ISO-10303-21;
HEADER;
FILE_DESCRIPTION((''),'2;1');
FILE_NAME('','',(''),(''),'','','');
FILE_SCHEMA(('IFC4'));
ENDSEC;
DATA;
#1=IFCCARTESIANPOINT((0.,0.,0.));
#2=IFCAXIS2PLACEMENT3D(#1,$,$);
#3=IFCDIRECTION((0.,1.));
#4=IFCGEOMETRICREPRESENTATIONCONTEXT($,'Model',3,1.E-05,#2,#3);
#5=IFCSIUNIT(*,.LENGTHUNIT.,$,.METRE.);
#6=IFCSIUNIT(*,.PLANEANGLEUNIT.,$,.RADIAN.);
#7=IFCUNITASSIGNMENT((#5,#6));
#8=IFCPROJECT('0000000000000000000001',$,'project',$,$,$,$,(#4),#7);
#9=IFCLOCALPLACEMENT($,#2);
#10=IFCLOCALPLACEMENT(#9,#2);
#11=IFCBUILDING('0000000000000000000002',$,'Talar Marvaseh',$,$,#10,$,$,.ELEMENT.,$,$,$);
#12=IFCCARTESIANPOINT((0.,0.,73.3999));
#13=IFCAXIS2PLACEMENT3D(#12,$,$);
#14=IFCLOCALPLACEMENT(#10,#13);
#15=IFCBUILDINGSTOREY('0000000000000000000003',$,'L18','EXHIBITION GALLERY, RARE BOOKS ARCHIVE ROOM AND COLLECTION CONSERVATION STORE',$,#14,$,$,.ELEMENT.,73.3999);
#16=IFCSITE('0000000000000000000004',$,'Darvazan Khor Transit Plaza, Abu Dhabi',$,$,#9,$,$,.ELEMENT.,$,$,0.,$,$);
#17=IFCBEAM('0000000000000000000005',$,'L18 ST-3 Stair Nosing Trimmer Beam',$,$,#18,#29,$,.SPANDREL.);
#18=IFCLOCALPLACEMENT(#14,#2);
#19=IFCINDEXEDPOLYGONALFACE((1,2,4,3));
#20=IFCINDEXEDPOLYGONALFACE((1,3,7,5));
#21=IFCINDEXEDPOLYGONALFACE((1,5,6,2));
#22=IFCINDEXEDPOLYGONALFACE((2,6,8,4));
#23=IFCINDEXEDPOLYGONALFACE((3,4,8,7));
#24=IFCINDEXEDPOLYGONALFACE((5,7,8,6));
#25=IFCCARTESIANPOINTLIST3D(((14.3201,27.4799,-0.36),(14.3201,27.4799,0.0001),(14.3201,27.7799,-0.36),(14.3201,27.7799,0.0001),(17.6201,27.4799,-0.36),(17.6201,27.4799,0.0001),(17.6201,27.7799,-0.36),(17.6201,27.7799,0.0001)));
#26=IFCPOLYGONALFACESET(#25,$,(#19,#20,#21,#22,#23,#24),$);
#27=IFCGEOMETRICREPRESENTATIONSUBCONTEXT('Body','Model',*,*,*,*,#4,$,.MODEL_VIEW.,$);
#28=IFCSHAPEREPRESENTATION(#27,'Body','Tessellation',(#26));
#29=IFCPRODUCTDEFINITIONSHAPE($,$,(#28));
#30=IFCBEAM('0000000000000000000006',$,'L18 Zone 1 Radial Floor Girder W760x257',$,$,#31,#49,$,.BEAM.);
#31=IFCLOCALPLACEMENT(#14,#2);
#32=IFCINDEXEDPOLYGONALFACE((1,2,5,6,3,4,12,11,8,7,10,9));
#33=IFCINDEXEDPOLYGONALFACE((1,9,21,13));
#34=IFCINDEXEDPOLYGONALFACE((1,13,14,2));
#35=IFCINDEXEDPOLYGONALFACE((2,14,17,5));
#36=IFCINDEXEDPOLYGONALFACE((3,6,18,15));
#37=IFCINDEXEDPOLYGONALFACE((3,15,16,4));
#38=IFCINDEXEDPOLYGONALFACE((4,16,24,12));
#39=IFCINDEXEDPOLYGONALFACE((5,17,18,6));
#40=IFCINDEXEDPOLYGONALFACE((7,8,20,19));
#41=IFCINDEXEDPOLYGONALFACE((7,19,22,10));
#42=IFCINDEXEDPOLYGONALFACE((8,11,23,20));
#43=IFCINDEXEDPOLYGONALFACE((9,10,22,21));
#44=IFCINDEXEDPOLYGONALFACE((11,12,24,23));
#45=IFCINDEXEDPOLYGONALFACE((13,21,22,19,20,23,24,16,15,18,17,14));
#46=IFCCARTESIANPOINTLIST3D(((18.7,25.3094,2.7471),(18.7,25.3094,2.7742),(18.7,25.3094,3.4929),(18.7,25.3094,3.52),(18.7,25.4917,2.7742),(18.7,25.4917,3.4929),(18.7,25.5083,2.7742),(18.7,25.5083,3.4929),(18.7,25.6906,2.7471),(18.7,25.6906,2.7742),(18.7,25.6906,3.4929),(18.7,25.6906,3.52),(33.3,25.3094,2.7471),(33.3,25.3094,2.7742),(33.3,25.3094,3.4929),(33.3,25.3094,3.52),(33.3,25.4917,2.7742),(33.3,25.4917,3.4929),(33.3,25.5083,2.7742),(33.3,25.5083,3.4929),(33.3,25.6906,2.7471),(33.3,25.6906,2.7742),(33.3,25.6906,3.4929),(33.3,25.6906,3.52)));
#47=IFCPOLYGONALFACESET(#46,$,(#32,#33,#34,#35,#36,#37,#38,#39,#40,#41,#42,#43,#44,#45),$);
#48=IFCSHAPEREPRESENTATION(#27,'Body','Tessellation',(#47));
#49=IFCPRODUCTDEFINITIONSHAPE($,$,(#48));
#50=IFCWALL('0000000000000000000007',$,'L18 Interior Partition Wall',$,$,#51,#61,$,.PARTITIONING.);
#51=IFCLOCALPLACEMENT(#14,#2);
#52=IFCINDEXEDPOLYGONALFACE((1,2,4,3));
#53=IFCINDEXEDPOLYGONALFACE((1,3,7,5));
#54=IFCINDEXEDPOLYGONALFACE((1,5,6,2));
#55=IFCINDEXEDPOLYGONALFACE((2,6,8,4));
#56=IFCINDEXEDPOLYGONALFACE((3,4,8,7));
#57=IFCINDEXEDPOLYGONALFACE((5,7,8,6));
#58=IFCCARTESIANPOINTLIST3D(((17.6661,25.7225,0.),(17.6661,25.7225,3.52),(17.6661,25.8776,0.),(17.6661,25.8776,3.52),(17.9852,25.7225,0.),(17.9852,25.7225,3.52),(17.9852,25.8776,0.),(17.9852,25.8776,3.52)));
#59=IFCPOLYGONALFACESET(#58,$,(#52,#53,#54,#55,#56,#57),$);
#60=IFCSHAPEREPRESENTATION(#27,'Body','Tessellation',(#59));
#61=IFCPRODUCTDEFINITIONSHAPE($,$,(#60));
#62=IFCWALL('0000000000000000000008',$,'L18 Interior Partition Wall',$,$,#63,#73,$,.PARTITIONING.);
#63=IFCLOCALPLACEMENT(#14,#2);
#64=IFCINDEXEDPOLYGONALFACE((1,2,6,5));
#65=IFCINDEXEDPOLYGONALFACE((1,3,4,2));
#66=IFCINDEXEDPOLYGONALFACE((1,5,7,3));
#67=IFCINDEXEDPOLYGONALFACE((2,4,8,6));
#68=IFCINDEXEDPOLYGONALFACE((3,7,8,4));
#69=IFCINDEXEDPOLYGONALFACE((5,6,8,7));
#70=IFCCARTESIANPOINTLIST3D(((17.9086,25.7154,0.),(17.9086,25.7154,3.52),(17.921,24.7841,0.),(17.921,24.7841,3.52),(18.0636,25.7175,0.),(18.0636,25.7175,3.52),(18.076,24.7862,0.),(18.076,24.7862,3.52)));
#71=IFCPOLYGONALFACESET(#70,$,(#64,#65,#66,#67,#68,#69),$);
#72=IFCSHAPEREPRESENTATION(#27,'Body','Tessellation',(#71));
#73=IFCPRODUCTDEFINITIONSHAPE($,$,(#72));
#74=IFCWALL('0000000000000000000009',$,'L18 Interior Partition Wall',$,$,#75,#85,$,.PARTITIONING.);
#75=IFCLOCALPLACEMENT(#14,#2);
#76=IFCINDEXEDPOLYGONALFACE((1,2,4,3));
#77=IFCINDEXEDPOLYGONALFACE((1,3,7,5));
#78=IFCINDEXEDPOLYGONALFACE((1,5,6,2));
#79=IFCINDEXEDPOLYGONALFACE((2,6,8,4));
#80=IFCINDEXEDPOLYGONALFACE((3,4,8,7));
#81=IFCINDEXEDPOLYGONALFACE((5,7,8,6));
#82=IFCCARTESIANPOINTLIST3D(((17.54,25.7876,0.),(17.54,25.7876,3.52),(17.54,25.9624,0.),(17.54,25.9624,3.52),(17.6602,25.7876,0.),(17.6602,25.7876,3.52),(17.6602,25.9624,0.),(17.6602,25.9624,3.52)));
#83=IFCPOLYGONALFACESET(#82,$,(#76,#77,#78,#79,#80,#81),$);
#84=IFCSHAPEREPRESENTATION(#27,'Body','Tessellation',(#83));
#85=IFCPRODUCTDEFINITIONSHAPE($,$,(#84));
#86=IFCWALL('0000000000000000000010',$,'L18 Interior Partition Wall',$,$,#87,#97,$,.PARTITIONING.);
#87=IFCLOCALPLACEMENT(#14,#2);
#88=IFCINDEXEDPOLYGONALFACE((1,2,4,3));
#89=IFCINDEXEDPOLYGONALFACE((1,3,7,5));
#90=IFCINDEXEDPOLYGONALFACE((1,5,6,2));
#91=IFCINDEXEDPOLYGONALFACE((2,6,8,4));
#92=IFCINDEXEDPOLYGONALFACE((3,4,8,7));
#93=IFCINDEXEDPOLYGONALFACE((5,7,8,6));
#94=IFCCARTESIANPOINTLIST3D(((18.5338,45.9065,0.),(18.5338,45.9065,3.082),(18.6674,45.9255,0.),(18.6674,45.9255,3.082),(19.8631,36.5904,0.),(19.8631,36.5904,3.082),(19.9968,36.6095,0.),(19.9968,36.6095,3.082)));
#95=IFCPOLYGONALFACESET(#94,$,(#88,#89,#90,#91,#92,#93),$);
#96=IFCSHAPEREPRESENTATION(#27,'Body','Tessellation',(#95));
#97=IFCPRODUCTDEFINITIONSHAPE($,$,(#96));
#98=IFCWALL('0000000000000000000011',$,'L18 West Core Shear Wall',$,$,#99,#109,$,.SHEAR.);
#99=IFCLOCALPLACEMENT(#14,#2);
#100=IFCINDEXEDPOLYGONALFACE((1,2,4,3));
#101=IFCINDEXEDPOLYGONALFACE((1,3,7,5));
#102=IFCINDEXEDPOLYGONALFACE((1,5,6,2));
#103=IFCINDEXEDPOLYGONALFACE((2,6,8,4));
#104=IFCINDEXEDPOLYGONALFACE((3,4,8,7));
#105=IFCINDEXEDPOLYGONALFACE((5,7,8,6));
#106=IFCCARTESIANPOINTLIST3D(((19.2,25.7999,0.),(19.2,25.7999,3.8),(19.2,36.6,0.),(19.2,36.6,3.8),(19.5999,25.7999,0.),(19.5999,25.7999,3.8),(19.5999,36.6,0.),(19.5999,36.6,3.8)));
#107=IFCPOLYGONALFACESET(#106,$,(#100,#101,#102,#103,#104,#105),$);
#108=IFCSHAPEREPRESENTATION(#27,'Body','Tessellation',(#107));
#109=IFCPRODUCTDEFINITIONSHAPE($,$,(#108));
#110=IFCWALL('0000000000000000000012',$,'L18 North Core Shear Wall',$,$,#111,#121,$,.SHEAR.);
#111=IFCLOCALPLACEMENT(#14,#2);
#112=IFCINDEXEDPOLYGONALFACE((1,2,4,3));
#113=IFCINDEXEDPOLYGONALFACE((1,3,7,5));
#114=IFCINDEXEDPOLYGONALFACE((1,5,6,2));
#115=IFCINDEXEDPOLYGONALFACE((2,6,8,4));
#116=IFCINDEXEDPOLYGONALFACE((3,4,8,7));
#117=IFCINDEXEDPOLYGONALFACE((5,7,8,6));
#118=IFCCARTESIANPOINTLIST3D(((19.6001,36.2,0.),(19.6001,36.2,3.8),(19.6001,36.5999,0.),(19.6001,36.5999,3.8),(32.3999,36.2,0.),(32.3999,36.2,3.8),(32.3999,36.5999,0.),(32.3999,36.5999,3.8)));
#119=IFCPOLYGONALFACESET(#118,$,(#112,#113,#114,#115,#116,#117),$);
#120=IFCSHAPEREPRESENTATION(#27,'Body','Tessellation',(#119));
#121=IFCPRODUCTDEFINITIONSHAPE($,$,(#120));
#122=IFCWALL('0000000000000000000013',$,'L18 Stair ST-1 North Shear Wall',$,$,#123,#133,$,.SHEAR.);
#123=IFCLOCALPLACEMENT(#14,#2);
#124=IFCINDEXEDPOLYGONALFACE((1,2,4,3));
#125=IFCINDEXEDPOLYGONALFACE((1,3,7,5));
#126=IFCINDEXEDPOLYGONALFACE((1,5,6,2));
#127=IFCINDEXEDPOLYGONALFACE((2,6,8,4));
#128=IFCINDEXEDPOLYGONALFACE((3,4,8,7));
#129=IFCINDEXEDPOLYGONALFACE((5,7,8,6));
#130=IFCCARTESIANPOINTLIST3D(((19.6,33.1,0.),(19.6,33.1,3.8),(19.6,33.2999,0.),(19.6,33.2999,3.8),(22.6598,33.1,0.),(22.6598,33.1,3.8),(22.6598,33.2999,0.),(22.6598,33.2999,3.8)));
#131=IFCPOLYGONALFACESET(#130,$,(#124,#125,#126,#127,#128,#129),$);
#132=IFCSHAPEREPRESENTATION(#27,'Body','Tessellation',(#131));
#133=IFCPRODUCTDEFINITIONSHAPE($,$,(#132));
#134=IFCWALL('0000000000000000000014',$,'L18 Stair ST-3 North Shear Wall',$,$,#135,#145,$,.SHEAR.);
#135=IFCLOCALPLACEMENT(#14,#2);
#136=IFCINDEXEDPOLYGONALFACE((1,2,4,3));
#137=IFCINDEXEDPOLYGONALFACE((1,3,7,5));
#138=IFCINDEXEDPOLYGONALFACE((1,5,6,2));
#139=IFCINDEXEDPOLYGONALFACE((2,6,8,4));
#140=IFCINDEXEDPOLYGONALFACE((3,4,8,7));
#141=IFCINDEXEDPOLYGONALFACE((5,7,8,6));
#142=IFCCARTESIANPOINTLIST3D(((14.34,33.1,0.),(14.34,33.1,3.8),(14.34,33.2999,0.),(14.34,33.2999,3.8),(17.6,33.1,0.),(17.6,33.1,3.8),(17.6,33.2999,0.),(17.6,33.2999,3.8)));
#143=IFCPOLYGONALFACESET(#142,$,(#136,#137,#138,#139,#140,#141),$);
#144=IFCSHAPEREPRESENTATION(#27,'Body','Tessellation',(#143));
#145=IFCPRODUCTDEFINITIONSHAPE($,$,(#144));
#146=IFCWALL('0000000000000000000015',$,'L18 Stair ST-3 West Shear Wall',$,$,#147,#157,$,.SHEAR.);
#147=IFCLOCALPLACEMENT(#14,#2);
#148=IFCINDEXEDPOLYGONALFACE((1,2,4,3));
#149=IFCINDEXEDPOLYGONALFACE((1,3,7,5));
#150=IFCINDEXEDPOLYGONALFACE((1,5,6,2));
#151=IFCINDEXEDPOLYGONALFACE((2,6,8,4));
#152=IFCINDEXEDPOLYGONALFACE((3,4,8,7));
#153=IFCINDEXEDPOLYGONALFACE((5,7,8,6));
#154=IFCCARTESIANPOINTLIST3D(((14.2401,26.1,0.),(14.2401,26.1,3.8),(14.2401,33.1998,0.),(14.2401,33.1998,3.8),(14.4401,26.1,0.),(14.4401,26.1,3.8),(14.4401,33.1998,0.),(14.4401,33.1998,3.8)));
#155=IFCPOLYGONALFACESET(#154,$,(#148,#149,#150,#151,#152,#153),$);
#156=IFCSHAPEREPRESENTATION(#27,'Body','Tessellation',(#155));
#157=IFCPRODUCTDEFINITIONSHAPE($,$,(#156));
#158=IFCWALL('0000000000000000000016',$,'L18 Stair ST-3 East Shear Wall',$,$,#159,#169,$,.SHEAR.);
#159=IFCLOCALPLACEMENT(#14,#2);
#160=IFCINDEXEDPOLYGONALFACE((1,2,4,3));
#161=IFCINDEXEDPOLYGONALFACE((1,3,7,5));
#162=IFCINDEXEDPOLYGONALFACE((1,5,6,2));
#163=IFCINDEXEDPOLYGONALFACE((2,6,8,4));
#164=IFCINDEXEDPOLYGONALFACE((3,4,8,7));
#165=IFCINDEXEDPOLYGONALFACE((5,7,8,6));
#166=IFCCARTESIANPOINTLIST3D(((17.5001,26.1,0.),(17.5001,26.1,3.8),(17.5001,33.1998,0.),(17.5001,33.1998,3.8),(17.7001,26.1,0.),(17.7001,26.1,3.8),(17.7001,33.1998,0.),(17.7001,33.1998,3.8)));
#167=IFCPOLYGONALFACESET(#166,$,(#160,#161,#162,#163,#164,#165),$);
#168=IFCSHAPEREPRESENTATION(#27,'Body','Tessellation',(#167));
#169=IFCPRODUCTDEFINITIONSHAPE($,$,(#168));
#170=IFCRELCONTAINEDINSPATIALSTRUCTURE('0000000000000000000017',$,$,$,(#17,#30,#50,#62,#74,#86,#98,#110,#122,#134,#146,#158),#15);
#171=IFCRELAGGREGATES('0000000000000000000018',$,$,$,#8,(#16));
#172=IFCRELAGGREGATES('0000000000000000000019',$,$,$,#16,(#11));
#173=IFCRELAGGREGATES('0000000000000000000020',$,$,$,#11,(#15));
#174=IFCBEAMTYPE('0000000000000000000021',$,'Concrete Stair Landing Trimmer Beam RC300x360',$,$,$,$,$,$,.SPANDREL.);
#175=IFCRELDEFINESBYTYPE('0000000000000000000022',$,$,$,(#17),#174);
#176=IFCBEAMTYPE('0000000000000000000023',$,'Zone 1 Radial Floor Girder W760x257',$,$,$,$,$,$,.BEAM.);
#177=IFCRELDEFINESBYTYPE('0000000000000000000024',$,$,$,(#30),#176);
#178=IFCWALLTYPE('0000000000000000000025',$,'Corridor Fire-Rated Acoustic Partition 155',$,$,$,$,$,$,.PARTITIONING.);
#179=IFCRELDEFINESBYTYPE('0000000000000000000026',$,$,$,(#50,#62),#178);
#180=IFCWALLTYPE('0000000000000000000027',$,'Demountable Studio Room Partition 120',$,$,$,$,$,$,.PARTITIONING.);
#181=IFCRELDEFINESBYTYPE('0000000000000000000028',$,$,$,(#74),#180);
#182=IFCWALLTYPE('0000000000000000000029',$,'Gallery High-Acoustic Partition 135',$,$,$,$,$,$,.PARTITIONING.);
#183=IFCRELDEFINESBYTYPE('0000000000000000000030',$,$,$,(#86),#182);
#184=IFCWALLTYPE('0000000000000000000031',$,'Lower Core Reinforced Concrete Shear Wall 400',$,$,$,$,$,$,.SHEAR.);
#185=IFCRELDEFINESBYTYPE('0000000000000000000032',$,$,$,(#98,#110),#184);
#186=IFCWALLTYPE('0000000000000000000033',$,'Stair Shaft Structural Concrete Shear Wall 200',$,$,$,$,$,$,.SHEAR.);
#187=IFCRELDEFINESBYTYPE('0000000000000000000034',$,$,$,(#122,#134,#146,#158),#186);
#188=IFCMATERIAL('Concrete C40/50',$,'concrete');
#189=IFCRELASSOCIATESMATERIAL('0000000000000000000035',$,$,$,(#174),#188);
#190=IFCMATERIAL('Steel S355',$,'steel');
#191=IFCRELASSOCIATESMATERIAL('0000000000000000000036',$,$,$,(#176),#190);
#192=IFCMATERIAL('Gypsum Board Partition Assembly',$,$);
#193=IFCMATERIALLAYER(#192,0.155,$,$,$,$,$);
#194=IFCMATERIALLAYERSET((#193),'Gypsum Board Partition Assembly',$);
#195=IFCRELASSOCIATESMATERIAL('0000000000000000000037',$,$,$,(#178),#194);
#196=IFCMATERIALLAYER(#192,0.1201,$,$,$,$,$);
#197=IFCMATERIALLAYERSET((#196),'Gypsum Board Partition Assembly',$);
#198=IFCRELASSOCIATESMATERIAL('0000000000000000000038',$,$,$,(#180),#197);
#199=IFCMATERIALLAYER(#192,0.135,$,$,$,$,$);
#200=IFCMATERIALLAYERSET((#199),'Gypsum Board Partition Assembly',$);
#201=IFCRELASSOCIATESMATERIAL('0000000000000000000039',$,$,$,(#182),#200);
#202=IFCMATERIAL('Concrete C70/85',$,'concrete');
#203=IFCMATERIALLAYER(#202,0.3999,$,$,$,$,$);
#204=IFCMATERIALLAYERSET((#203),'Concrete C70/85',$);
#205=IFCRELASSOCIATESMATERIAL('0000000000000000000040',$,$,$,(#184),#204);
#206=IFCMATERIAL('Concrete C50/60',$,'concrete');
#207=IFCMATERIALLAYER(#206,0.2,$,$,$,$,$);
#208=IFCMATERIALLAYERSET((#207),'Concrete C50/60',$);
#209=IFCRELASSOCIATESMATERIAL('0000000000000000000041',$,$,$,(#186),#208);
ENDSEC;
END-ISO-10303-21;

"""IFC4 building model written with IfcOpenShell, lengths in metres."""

from ifc_helpers import new_model, si_unit, direction, frame, frame_2d, origin, origin_2d, place, context, subcontext, project, spatial, rectangle, i_section, extrude, material, layer, layer_set, material_profile, profile_set, type_object, element, save


model = new_model("IFC4")

# Units and contexts
model_context = context("Model", 3, precision=1e-05, world=origin(), true_north=direction((0.0, 1.0)))
body_context = subcontext(model_context, "Body", "Model", "MODEL_VIEW")
ifc_project = project(units=[si_unit("LENGTHUNIT", "METRE"), si_unit("PLANEANGLEUNIT", "RADIAN")], contexts=[model_context])

# Site, building, storey
site_placement = place(None, origin())
site = spatial("IfcSite", under=ifc_project, at=site_placement, Name="Darvazan Khor Transit Plaza, Abu Dhabi", CompositionType="ELEMENT", RefElevation=0.0)
building_placement = place(site_placement, origin())
building = spatial("IfcBuilding", under=site, at=building_placement, Name="Talar Marvaseh", CompositionType="ELEMENT")
storey_placement = place(building_placement, frame((0.0, 0.0, 73.3999)))
storey = spatial("IfcBuildingStorey", under=building, at=storey_placement, Name="L18", Description="EXHIBITION GALLERY, RARE BOOKS ARCHIVE ROOM AND COLLECTION CONSERVATION STORE", CompositionType="ELEMENT", Elevation=73.3999)

# Beams
ifc_material_1 = material(Name="Concrete C40/50", Category="concrete")
ifc_material_profile_1 = material_profile(ifc_material_1, rectangle(XDim=0.3, YDim=0.3601, at=origin_2d()), Name="RC300x360")
ifc_profile_set_1 = profile_set([ifc_material_profile_1], Name="Concrete C40/50")
beam_type_1 = type_object("IfcBeamType", Name="Concrete Stair Landing Trimmer Beam RC300x360", PredefinedType="SPANDREL", material=ifc_profile_set_1)
beam_1_placement = place(storey_placement, frame((17.6201, 27.6299, -0.1799), z_axis=(-1.0, 0.0, 0.0), x_axis=(0.0, -1.0, 0.0)))
element("IfcBeam", 1, at=beam_1_placement, inside=storey, type_object=beam_type_1, Name="L18 ST-3 Stair Nosing Trimmer Beam", PredefinedType="SPANDREL", context=body_context, shape_type="SweptSolid", body=[
    extrude(rectangle(XDim=0.3, YDim=0.3601, at=origin_2d()), origin(), (0.0, 0.0, 1.0), 3.3),
])
ifc_material_2 = material(Name="Steel S355", Category="steel")
ifc_material_profile_2 = material_profile(ifc_material_2, i_section(OverallWidth=0.3811, OverallDepth=0.7729, WebThickness=0.0166, FlangeThickness=0.0271, at=origin_2d()), Name="W760x257")
ifc_profile_set_2 = profile_set([ifc_material_profile_2], Name="Steel S355")
beam_type_2 = type_object("IfcBeamType", Name="Zone 1 Radial Floor Girder W760x257", PredefinedType="BEAM", material=ifc_profile_set_2)
beam_2_placement = place(storey_placement, frame((18.7, 25.5, 3.1335), z_axis=(1.0, 0.0, 0.0), x_axis=(0.0, 1.0, 0.0)))
element("IfcBeam", 2, at=beam_2_placement, inside=storey, type_object=beam_type_2, Name="L18 Zone 1 Radial Floor Girder W760x257", PredefinedType="BEAM", context=body_context, shape_type="SweptSolid", body=[
    extrude(i_section(OverallWidth=0.3811, OverallDepth=0.7729, WebThickness=0.0166, FlangeThickness=0.0271, at=origin_2d()), origin(), (0.0, 0.0, 1.0), 14.6001),
])

# Walls
ifc_material_3 = material(Name="Gypsum Board Partition Assembly")
ifc_layer_1 = layer(ifc_material_3, 0.155)
ifc_layer_set_1 = layer_set([ifc_layer_1], Name="Gypsum Board Partition Assembly")
wall_type_1 = type_object("IfcWallType", Name="Corridor Fire-Rated Acoustic Partition 155", PredefinedType="PARTITIONING", material=ifc_layer_set_1)
wall_1_placement = place(storey_placement, frame((17.666, 25.8, 0.0), z_axis=(0.0, 0.0, 1.0), x_axis=(1.0, 0.0, 0.0)))
element("IfcWall", 3, at=wall_1_placement, inside=storey, type_object=wall_type_1, Name="L18 Interior Partition Wall", PredefinedType="PARTITIONING", context=body_context, shape_type="SweptSolid", body=[
    extrude(rectangle(XDim=0.3191, YDim=0.155, at=frame_2d((0.1597, 0.0))), origin(), (0.0, 0.0, 1.0), 3.52),
])
wall_2_placement = place(storey_placement, frame((17.9861, 25.7166, 0.0), z_axis=(0.0, 0.0, 1.0), x_axis=(0.013367, -0.999911, 0.0)))
element("IfcWall", 4, at=wall_2_placement, inside=storey, type_object=wall_type_1, Name="L18 Interior Partition Wall", PredefinedType="PARTITIONING", context=body_context, shape_type="SweptSolid", body=[
    extrude(rectangle(XDim=0.9314, YDim=0.155, at=frame_2d((0.4658, 0.0))), origin(), (0.0, 0.0, 1.0), 3.52),
])
ifc_layer_2 = layer(ifc_material_3, 0.1201)
ifc_layer_set_2 = layer_set([ifc_layer_2], Name="Gypsum Board Partition Assembly")
wall_type_2 = type_object("IfcWallType", Name="Demountable Studio Room Partition 120", PredefinedType="PARTITIONING", material=ifc_layer_set_2)
wall_3_placement = place(storey_placement, frame((17.6001, 25.9624, 0.0), z_axis=(0.0, 0.0, 1.0), x_axis=(0.0, -1.0, 0.0)))
element("IfcWall", 5, at=wall_3_placement, inside=storey, type_object=wall_type_2, Name="L18 Interior Partition Wall", PredefinedType="PARTITIONING", context=body_context, shape_type="SweptSolid", body=[
    extrude(rectangle(XDim=0.1748, YDim=0.1201, at=frame_2d((0.0874, 0.0))), origin(), (0.0, 0.0, 1.0), 3.52),
])
ifc_layer_3 = layer(ifc_material_3, 0.135)
ifc_layer_set_3 = layer_set([ifc_layer_3], Name="Gypsum Board Partition Assembly")
wall_type_3 = type_object("IfcWallType", Name="Gallery High-Acoustic Partition 135", PredefinedType="PARTITIONING", material=ifc_layer_set_3)
wall_4_placement = place(storey_placement, frame((19.9299, 36.6001, 0.0), z_axis=(0.0, 0.0, 1.0), x_axis=(-0.141265, 0.989972, 0.0)))
element("IfcWall", 6, at=wall_4_placement, inside=storey, type_object=wall_type_3, Name="L18 Interior Partition Wall", PredefinedType="PARTITIONING", context=body_context, shape_type="SweptSolid", body=[
    extrude(rectangle(XDim=9.4104, YDim=0.135, at=frame_2d((4.7051, 0.0))), origin(), (0.0, 0.0, 1.0), 3.082),
])
ifc_material_4 = material(Name="Concrete C70/85", Category="concrete")
ifc_layer_4 = layer(ifc_material_4, 0.3999)
ifc_layer_set_4 = layer_set([ifc_layer_4], Name="Concrete C70/85")
wall_type_4 = type_object("IfcWallType", Name="Lower Core Reinforced Concrete Shear Wall 400", PredefinedType="SHEAR", material=ifc_layer_set_4)
wall_5_placement = place(storey_placement, frame((19.3999, 25.8, 0.0), z_axis=(0.0, 0.0, 1.0), x_axis=(0.0, 1.0, 0.0)))
element("IfcWall", 7, at=wall_5_placement, inside=storey, type_object=wall_type_4, Name="L18 West Core Shear Wall", PredefinedType="SHEAR", context=body_context, shape_type="SweptSolid", body=[
    extrude(rectangle(XDim=10.8, YDim=0.3999, at=frame_2d((5.3999, 0.0))), origin(), (0.0, 0.0, 1.0), 3.8),
])
wall_6_placement = place(storey_placement, frame((19.6001, 36.3999, 0.0), z_axis=(0.0, 0.0, 1.0), x_axis=(1.0, 0.0, 0.0)))
element("IfcWall", 8, at=wall_6_placement, inside=storey, type_object=wall_type_4, Name="L18 North Core Shear Wall", PredefinedType="SHEAR", context=body_context, shape_type="SweptSolid", body=[
    extrude(rectangle(XDim=12.7998, YDim=0.3999, at=frame_2d((6.3999, 0.0))), origin(), (0.0, 0.0, 1.0), 3.8),
])
ifc_material_5 = material(Name="Concrete C50/60", Category="concrete")
ifc_layer_5 = layer(ifc_material_5, 0.2)
ifc_layer_set_5 = layer_set([ifc_layer_5], Name="Concrete C50/60")
wall_type_5 = type_object("IfcWallType", Name="Stair Shaft Structural Concrete Shear Wall 200", PredefinedType="SHEAR", material=ifc_layer_set_5)
wall_7_placement = place(storey_placement, frame((19.6001, 33.2, 0.0), z_axis=(0.0, 0.0, 1.0), x_axis=(1.0, 0.0, 0.0)))
element("IfcWall", 9, at=wall_7_placement, inside=storey, type_object=wall_type_5, Name="L18 Stair ST-1 North Shear Wall", PredefinedType="SHEAR", context=body_context, shape_type="SweptSolid", body=[
    extrude(rectangle(XDim=3.0598, YDim=0.2, at=frame_2d((1.5298, 0.0))), origin(), (0.0, 0.0, 1.0), 3.8),
])

# Walls
wall_8_placement = place(storey_placement, frame((14.3401, 33.2, 0.0), z_axis=(0.0, 0.0, 1.0), x_axis=(1.0, 0.0, 0.0)))
element("IfcWall", 10, at=wall_8_placement, inside=storey, type_object=wall_type_5, Name="L18 Stair ST-3 North Shear Wall", PredefinedType="SHEAR", context=body_context, shape_type="SweptSolid", body=[
    extrude(rectangle(XDim=3.26, YDim=0.2, at=frame_2d((1.6299, 0.0))), origin(), (0.0, 0.0, 1.0), 3.8),
])
for number, where, z_axis, x_axis, name in (
    (11, (14.3401, 26.1001, 0.0), (0.0, 0.0, 1.0), (0.0, 1.0, 0.0), "L18 Stair ST-3 West Shear Wall"),
    (12, (17.6001, 26.1001, 0.0), (0.0, 0.0, 1.0), (0.0, 1.0, 0.0), "L18 Stair ST-3 East Shear Wall"),
):
    element("IfcWall", number, at=place(storey_placement, frame(where, z_axis=z_axis, x_axis=x_axis)), inside=storey, type_object=wall_type_5, Name=name, PredefinedType="SHEAR", context=body_context, shape_type="SweptSolid", body=[
        extrude(rectangle(XDim=7.0999, YDim=0.2, at=frame_2d((3.5498, 0.0))), origin(), (0.0, 0.0, 1.0), 3.8),
    ])

save(model, "model.ifc")
